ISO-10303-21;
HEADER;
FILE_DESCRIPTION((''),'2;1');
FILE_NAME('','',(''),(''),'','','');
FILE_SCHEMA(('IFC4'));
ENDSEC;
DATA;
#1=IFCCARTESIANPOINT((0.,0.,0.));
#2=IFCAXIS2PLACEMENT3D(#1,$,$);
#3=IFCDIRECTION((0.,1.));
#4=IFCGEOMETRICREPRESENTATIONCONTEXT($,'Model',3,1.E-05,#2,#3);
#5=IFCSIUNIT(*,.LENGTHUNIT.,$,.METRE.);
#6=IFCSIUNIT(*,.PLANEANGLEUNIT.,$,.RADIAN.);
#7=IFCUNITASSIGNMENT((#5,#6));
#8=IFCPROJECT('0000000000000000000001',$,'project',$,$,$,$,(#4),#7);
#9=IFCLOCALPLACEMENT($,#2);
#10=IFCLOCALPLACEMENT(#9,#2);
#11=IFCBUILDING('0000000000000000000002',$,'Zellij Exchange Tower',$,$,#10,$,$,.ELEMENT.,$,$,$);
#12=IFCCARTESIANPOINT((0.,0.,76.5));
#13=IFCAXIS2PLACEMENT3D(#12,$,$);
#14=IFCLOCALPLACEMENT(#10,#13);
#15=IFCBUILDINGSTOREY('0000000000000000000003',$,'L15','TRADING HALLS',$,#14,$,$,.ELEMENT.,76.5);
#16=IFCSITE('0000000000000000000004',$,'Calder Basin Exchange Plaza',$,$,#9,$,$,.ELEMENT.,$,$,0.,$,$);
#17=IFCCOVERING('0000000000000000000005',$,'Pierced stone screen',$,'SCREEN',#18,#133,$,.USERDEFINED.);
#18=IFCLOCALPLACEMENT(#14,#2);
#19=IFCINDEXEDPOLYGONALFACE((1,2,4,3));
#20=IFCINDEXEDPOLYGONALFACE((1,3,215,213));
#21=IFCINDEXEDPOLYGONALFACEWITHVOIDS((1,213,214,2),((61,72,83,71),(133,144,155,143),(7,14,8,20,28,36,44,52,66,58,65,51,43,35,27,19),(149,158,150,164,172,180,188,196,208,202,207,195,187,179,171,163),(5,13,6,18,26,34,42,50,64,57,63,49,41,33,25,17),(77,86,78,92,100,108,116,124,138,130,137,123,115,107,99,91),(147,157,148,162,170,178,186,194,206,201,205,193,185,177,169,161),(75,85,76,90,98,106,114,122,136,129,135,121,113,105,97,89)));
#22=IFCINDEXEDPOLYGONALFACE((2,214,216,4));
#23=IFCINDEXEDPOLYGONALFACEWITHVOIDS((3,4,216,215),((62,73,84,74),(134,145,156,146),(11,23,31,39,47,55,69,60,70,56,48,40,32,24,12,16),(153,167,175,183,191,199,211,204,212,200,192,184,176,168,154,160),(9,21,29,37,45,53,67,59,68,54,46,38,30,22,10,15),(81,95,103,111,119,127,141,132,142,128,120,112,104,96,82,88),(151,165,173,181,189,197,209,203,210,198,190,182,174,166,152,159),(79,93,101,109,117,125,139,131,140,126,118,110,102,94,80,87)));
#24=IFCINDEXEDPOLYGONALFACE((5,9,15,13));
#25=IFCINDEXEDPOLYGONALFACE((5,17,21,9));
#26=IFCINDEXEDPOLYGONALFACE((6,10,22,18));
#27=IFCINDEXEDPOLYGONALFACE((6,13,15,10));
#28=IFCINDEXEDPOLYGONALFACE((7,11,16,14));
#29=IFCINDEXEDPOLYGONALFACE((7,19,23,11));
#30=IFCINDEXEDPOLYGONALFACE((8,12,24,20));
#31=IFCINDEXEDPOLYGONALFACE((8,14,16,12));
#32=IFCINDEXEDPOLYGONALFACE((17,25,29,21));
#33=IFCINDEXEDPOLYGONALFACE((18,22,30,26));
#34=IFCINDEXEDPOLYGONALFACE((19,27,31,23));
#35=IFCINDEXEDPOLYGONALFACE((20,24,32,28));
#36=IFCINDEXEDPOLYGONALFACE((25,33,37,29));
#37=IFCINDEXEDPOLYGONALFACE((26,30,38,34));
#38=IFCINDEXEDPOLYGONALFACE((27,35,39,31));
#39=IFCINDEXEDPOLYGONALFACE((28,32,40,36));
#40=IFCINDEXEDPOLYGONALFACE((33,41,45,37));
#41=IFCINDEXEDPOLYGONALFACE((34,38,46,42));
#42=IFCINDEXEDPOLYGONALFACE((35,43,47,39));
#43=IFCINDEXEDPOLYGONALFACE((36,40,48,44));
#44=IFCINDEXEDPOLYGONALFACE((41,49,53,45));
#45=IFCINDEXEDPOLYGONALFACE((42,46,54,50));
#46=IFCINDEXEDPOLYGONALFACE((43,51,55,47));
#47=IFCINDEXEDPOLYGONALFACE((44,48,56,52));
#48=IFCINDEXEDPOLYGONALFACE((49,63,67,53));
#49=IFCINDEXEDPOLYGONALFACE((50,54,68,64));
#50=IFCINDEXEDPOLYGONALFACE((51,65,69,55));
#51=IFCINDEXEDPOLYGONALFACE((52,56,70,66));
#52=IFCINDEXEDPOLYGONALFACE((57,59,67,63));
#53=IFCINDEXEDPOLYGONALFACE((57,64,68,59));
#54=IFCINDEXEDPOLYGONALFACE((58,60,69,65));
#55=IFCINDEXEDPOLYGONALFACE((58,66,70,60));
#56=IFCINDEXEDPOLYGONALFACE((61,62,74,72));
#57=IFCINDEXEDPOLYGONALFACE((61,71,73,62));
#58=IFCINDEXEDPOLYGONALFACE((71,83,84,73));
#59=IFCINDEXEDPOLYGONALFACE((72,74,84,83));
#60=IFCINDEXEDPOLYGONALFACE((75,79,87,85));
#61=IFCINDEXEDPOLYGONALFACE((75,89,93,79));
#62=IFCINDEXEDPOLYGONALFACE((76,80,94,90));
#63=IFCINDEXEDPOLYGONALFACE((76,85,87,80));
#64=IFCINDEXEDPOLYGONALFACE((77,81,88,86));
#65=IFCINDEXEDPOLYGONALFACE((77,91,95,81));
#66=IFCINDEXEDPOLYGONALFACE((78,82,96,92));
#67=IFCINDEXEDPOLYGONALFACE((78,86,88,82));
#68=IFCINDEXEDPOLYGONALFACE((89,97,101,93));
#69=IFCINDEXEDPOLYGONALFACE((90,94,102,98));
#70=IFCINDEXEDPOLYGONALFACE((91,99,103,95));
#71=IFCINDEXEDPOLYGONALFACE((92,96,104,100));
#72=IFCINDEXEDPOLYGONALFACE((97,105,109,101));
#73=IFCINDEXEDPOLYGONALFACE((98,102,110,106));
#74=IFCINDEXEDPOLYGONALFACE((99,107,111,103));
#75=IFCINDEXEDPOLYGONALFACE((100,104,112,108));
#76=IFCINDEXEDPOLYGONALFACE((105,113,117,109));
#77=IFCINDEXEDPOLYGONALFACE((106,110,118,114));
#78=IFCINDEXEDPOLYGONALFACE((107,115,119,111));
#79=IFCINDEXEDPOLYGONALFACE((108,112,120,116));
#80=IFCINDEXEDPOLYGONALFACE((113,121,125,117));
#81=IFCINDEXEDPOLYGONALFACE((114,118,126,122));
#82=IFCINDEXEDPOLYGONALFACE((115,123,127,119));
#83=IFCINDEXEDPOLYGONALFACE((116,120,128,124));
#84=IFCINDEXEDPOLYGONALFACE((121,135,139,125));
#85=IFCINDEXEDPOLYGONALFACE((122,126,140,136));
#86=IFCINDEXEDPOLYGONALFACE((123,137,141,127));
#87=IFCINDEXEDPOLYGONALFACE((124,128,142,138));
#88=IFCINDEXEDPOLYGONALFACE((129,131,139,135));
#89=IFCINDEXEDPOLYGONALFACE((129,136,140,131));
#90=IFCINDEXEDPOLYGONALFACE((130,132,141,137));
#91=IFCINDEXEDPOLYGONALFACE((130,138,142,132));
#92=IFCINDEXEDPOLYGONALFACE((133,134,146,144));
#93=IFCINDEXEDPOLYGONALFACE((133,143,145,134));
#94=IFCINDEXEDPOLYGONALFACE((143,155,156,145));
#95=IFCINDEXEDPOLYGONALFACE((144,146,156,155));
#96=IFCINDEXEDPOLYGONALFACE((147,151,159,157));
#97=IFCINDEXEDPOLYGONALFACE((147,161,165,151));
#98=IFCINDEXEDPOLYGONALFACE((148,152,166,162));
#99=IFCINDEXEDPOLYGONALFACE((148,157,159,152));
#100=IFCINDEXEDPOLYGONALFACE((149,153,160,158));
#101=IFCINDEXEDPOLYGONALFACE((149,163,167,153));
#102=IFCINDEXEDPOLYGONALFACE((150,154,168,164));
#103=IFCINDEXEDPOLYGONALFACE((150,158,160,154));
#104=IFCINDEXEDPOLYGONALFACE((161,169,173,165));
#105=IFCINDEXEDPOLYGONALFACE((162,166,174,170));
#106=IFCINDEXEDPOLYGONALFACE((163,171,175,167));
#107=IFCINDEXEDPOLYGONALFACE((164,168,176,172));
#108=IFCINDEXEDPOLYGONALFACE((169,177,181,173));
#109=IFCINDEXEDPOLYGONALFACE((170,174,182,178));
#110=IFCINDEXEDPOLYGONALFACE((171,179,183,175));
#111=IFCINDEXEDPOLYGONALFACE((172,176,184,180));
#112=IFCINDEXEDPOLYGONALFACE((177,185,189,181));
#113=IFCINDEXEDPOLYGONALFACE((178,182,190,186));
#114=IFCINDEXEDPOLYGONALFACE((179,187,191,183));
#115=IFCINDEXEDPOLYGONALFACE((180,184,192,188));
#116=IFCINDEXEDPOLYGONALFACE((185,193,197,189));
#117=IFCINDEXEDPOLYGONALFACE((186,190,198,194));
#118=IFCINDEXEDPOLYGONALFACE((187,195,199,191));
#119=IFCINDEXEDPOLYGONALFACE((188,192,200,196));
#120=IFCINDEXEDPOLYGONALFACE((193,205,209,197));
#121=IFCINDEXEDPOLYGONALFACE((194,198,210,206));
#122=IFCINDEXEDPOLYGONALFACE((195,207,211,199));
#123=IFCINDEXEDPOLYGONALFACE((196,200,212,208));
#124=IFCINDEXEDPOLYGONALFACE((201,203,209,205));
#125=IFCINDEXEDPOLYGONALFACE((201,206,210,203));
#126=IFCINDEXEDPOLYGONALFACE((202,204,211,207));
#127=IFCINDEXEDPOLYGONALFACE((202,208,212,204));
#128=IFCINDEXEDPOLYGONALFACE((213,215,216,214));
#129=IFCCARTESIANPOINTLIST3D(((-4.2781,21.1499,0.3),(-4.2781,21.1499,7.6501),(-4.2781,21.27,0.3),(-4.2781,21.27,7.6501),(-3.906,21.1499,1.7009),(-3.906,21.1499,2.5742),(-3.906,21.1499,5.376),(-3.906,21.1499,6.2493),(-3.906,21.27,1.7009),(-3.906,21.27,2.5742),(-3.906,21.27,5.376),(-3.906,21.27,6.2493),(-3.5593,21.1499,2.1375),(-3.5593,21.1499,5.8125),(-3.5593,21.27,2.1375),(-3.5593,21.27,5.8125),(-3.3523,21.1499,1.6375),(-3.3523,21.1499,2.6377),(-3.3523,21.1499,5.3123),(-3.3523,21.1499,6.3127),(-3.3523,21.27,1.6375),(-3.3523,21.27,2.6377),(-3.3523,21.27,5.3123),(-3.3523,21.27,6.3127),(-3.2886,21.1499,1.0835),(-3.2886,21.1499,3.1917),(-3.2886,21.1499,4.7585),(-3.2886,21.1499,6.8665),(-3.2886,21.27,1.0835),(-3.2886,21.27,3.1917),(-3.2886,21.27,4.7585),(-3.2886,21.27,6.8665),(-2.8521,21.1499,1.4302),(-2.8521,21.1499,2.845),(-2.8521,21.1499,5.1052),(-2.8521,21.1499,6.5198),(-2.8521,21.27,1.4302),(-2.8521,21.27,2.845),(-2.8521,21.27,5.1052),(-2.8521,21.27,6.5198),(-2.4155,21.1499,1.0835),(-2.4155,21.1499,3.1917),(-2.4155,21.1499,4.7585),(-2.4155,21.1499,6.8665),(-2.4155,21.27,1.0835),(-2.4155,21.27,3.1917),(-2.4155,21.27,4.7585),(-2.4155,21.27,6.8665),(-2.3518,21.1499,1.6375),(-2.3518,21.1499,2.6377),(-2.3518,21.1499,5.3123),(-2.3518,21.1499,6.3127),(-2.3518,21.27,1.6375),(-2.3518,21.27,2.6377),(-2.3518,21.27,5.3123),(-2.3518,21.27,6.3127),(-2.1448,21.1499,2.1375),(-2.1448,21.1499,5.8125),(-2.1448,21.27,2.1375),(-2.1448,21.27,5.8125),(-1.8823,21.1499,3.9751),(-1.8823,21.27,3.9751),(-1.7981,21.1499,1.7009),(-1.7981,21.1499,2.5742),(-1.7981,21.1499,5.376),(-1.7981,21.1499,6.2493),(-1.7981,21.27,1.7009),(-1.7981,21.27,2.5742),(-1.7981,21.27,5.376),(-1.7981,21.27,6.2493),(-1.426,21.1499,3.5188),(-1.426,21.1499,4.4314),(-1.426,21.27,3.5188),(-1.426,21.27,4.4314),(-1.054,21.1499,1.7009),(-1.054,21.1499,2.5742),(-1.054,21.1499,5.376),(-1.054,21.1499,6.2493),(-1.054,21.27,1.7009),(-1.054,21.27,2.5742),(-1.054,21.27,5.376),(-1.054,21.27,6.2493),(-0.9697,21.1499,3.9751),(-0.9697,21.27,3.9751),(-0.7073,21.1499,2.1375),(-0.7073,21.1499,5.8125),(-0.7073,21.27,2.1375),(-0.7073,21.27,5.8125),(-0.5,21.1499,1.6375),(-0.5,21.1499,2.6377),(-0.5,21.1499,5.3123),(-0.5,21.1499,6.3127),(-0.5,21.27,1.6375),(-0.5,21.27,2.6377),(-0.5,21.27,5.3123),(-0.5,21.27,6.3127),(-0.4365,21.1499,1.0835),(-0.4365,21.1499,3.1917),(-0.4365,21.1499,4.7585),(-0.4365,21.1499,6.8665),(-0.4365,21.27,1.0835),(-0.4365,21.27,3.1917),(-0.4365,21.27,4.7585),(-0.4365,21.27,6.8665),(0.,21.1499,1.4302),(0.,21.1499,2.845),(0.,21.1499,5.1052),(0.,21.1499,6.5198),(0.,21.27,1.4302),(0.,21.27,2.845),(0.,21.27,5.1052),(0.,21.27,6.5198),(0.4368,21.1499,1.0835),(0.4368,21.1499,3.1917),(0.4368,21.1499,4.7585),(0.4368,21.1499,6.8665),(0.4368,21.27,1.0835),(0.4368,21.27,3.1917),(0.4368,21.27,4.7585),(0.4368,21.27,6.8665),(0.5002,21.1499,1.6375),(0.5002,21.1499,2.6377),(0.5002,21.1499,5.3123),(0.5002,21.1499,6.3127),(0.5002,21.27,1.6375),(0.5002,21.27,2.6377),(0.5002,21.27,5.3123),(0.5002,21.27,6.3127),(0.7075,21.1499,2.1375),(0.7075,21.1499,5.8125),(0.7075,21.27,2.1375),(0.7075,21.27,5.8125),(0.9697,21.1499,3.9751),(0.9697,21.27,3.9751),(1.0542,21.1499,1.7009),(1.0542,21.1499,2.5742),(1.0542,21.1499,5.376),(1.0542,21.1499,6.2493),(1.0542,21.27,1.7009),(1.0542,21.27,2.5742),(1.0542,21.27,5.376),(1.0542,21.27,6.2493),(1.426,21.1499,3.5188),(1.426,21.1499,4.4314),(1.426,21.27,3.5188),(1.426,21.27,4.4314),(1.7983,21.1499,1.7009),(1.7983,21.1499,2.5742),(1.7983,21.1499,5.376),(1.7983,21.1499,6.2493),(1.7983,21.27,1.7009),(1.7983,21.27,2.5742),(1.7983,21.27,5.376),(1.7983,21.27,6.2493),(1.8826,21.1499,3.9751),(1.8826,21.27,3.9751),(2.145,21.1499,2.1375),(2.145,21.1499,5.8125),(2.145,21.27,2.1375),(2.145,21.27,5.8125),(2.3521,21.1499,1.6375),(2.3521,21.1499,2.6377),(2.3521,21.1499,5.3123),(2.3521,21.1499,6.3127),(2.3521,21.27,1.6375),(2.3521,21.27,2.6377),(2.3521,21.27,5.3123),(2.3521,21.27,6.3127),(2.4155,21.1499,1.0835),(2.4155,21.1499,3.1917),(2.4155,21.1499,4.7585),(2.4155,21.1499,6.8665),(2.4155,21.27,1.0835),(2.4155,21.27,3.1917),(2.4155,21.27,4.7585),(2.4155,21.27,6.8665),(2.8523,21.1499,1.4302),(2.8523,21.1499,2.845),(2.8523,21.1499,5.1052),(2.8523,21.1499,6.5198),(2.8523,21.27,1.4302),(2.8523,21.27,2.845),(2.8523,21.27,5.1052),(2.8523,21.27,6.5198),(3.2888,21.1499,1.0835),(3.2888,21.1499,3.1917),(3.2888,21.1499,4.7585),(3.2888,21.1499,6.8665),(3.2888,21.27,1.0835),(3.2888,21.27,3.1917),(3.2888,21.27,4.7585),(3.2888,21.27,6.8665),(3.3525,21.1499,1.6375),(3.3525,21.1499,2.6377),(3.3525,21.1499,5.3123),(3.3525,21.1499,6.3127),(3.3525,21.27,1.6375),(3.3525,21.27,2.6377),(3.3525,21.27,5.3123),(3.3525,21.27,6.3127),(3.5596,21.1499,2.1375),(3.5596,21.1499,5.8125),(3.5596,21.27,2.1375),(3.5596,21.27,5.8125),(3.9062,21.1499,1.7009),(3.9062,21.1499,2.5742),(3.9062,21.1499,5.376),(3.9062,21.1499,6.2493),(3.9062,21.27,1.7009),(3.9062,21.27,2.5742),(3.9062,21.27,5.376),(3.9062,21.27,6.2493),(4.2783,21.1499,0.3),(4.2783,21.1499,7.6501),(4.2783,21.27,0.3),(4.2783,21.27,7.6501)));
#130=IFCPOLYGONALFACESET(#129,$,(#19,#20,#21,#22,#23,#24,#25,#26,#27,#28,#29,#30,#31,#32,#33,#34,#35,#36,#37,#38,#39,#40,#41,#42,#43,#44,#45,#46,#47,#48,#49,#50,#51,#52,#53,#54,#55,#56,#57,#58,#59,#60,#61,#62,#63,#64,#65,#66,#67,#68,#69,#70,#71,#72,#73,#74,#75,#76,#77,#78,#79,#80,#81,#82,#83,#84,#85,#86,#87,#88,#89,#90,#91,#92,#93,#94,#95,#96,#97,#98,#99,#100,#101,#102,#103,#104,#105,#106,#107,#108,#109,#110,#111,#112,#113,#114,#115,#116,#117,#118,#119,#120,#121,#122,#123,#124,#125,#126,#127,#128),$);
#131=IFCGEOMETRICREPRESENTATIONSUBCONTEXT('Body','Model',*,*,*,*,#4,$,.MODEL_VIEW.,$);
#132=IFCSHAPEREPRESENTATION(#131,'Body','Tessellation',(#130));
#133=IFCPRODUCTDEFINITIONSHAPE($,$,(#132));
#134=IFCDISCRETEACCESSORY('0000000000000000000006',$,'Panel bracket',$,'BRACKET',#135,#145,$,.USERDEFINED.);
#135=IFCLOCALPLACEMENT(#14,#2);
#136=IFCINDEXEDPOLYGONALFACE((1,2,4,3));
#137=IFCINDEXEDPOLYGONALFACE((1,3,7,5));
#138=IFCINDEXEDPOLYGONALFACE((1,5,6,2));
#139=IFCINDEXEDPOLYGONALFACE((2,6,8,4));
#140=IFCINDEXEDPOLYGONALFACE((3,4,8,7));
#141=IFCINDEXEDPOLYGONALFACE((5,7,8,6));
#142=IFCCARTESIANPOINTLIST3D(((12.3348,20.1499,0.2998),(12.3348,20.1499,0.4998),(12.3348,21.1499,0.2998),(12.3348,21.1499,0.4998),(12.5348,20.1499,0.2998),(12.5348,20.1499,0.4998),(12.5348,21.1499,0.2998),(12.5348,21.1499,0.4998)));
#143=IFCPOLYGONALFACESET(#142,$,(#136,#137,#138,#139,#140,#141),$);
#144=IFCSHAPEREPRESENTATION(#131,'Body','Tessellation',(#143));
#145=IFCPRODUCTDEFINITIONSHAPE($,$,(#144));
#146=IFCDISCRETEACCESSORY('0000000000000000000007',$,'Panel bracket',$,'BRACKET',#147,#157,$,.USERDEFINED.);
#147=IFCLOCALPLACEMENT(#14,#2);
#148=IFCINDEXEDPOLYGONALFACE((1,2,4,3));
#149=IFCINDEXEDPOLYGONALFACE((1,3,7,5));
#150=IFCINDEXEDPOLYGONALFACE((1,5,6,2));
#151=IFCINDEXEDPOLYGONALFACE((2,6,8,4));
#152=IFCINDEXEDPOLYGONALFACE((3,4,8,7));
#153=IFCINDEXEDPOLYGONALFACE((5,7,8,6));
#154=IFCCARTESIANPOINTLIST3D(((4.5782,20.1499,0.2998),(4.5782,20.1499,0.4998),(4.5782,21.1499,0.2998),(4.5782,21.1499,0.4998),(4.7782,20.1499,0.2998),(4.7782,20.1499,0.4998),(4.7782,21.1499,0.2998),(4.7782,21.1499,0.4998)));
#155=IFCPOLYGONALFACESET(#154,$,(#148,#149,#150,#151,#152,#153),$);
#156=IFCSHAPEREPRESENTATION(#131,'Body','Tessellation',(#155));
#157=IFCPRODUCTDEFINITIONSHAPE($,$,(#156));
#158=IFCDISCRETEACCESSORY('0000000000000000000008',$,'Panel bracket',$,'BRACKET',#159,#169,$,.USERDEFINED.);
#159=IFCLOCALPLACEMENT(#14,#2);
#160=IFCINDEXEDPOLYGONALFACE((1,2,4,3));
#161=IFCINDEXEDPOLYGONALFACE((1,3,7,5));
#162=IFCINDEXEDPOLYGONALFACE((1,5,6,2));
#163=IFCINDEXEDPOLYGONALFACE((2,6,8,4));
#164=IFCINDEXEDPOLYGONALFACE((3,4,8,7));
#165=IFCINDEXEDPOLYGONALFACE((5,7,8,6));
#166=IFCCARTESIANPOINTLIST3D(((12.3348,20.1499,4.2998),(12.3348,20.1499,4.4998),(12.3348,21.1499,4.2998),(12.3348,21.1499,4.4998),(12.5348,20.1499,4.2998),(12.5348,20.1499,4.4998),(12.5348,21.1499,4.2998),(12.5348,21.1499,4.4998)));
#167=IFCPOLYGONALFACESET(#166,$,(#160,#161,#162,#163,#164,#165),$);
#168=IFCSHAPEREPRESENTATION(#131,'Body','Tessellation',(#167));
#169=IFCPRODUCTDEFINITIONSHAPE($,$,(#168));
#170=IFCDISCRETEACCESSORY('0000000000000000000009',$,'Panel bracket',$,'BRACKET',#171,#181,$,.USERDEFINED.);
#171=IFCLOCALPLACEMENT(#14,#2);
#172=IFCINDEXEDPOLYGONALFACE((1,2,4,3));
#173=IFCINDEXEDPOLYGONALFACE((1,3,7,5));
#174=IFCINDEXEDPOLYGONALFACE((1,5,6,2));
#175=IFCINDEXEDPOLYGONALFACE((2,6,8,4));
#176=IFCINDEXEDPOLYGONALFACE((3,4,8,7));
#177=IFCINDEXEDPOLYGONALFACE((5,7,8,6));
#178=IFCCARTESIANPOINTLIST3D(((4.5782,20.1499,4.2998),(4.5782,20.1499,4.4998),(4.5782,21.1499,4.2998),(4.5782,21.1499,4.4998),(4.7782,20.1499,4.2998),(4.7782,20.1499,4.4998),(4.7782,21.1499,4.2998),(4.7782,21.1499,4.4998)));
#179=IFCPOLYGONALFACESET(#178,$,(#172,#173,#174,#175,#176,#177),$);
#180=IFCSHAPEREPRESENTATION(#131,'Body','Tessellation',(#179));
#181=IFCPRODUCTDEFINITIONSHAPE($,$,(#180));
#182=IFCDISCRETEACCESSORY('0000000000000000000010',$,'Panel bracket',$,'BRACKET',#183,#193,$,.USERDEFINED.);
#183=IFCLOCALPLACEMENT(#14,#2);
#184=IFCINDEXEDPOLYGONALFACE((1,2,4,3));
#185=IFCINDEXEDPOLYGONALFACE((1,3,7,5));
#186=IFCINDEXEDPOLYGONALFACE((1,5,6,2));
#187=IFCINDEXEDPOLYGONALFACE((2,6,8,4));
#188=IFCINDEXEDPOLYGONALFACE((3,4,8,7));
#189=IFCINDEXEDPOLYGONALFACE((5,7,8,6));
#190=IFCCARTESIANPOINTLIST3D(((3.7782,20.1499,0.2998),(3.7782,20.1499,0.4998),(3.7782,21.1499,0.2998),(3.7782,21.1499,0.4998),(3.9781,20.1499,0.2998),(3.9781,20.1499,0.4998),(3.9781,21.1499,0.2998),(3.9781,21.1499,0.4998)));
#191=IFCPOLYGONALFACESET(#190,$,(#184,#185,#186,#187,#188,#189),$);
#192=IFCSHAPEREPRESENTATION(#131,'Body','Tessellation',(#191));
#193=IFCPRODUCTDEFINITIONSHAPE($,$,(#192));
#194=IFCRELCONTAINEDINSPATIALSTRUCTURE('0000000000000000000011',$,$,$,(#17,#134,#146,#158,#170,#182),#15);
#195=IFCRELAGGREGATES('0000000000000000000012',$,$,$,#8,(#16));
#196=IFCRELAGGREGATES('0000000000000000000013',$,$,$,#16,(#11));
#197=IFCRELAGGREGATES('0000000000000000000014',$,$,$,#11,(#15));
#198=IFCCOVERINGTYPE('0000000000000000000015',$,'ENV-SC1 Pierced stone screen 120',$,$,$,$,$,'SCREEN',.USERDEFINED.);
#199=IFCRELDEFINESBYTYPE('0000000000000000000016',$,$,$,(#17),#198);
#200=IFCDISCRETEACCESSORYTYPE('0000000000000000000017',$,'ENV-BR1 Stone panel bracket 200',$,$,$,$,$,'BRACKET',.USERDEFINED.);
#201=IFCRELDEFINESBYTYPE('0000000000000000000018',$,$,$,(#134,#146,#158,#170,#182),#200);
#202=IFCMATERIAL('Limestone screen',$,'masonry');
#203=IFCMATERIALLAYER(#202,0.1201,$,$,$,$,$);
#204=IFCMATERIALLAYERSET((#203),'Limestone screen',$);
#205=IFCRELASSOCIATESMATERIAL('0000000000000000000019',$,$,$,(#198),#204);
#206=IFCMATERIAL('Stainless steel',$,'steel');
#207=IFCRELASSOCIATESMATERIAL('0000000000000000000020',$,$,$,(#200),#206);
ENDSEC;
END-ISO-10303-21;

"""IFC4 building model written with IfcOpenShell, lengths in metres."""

from ifc_helpers import new_model, si_unit, direction, frame, origin, origin_2d, place, context, subcontext, project, spatial, polyline, rectangle, outline, extrude, material, layer, layer_set, type_object, element, save


model = new_model("IFC4")

# Units and contexts
model_context = context("Model", 3, precision=1e-05, world=origin(), true_north=direction((0.0, 1.0)))
body_context = subcontext(model_context, "Body", "Model", "MODEL_VIEW")
ifc_project = project(units=[si_unit("LENGTHUNIT", "METRE"), si_unit("PLANEANGLEUNIT", "RADIAN")], contexts=[model_context])

# Site, building, storey
site_placement = place(None, origin())
site = spatial("IfcSite", under=ifc_project, at=site_placement, Name="Calder Basin Exchange Plaza", CompositionType="ELEMENT", RefElevation=0.0)
building_placement = place(site_placement, origin())
building = spatial("IfcBuilding", under=site, at=building_placement, Name="Zellij Exchange Tower", CompositionType="ELEMENT")
storey_placement = place(building_placement, frame((0.0, 0.0, 76.5)))
storey = spatial("IfcBuildingStorey", under=building, at=storey_placement, Name="L15", Description="TRADING HALLS", CompositionType="ELEMENT", Elevation=76.5)

# Covering
ifc_material_1 = material(Name="Limestone screen", Category="masonry")
ifc_layer_1 = layer(ifc_material_1, 0.1201)
ifc_layer_set_1 = layer_set([ifc_layer_1], Name="Limestone screen")
covering_type_1 = type_object("IfcCoveringType", Name="ENV-SC1 Pierced stone screen 120", ElementType="SCREEN", PredefinedType="USERDEFINED", material=ifc_layer_set_1)
covering_1_placement = place(storey_placement, frame((4.2783, 21.21, 0.3), z_axis=(0.0, 0.0, 1.0), x_axis=(-1.0, 0.0, 0.0)))
element("IfcCovering", 1, at=covering_1_placement, inside=storey, type_object=covering_type_1, Name="Pierced stone screen", ObjectType="SCREEN", PredefinedType="USERDEFINED", context=body_context, shape_type="SweptSolid", body=[
    extrude(outline(polyline([(0.0, 0.0), (8.5564, 0.0), (8.5564, 7.3501), (0.0, 7.3501), (0.0, 0.0)]), holes=[polyline([(2.48, 2.2742), (1.9263, 2.3376), (1.8628, 2.8916), (1.426, 2.5449), (0.9895, 2.8916), (0.9258, 2.3376), (0.3721, 2.2742), (0.7188, 1.8374), (0.3721, 1.4009), (0.9258, 1.3374), (0.9895, 0.7834), (1.426, 1.1301), (1.8628, 0.7834), (1.9263, 1.3374), (2.48, 1.4009), (2.1333, 1.8374), (2.48, 2.2742)]), polyline([(2.48, 5.9492), (1.9263, 6.0127), (1.8628, 6.5664), (1.426, 6.2197), (0.9895, 6.5664), (0.9258, 6.0127), (0.3721, 5.9492), (0.7188, 5.5125), (0.3721, 5.0759), (0.9258, 5.0122), (0.9895, 4.4585), (1.426, 4.8052), (1.8628, 4.4585), (1.9263, 5.0122), (2.48, 5.0759), (2.1333, 5.5125), (2.48, 5.9492)]), polyline([(5.3323, 2.2742), (4.7783, 2.3376), (4.7148, 2.8916), (4.2783, 2.5449), (3.8416, 2.8916), (3.7781, 2.3376), (3.2241, 2.2742), (3.5708, 1.8374), (3.2241, 1.4009), (3.7781, 1.3374), (3.8416, 0.7834), (4.2783, 1.1301), (4.7148, 0.7834), (4.7783, 1.3374), (5.3323, 1.4009), (4.9856, 1.8374), (5.3323, 2.2742)]), polyline([(5.3323, 5.9492), (4.7783, 6.0127), (4.7148, 6.5664), (4.2783, 6.2197), (3.8416, 6.5664), (3.7781, 6.0127), (3.2241, 5.9492), (3.5708, 5.5125), (3.2241, 5.0759), (3.7781, 5.0122), (3.8416, 4.4585), (4.2783, 4.8052), (4.7148, 4.4585), (4.7783, 5.0122), (5.3323, 5.0759), (4.9856, 5.5125), (5.3323, 5.9492)]), polyline([(8.1843, 2.2742), (7.6306, 2.3376), (7.5669, 2.8916), (7.1304, 2.5449), (6.6938, 2.8916), (6.6301, 2.3376), (6.0764, 2.2742), (6.4231, 1.8374), (6.0764, 1.4009), (6.6301, 1.3374), (6.6938, 0.7834), (7.1304, 1.1301), (7.5669, 0.7834), (7.6306, 1.3374), (8.1843, 1.4009), (7.8376, 1.8374), (8.1843, 2.2742)]), polyline([(8.1843, 5.9492), (7.6306, 6.0127), (7.5669, 6.5664), (7.1304, 6.2197), (6.6938, 6.5664), (6.6301, 6.0127), (6.0764, 5.9492), (6.4231, 5.5125), (6.0764, 5.0759), (6.6301, 5.0122), (6.6938, 4.4585), (7.1304, 4.8052), (7.5669, 4.4585), (7.6306, 5.0122), (8.1843, 5.0759), (7.8376, 5.5125), (8.1843, 5.9492)]), polyline([(3.3086, 3.675), (2.8523, 4.1313), (2.3958, 3.675), (2.8523, 3.2188), (3.3086, 3.675)]), polyline([(6.1606, 3.675), (5.7043, 4.1313), (5.248, 3.675), (5.7043, 3.2188), (6.1606, 3.675)])]), frame((0.0, 0.0601, 0.0), z_axis=(0.0, -1.0, 0.0), x_axis=(1.0, 0.0, 0.0)), (0.0, 0.0, 1.0), 0.1201),
])

# Discrete accessories
ifc_material_2 = material(Name="Stainless steel", Category="steel")
discrete_accessory_type = type_object("IfcDiscreteAccessoryType", Name="ENV-BR1 Stone panel bracket 200", ElementType="BRACKET", PredefinedType="USERDEFINED", material=ifc_material_2)
for number, where, z_axis, x_axis, name in (
    (2, (12.4348, 20.6499, 0.2998), (0.0, 0.0, 1.0), (-1.0, 0.0, 0.0), "Panel bracket"),
    (3, (4.6782, 20.6499, 0.2998), (0.0, 0.0, 1.0), (-1.0, 0.0, 0.0), "Panel bracket"),
    (4, (12.4348, 20.6499, 4.2998), (0.0, 0.0, 1.0), (-1.0, 0.0, 0.0), "Panel bracket"),
    (5, (4.6782, 20.6499, 4.2998), (0.0, 0.0, 1.0), (-1.0, 0.0, 0.0), "Panel bracket"),
    (6, (3.8782, 20.6499, 0.2998), (0.0, 0.0, 1.0), (-1.0, 0.0, 0.0), "Panel bracket"),
):
    element("IfcDiscreteAccessory", number, at=place(storey_placement, frame(where, z_axis=z_axis, x_axis=x_axis)), inside=storey, type_object=discrete_accessory_type, Name=name, ObjectType="BRACKET", PredefinedType="USERDEFINED", context=body_context, shape_type="SweptSolid", body=[
        extrude(rectangle(XDim=0.2, YDim=1.0, at=origin_2d()), origin(), (0.0, 0.0, 1.0), 0.2),
    ])

save(model, "model.ifc")
